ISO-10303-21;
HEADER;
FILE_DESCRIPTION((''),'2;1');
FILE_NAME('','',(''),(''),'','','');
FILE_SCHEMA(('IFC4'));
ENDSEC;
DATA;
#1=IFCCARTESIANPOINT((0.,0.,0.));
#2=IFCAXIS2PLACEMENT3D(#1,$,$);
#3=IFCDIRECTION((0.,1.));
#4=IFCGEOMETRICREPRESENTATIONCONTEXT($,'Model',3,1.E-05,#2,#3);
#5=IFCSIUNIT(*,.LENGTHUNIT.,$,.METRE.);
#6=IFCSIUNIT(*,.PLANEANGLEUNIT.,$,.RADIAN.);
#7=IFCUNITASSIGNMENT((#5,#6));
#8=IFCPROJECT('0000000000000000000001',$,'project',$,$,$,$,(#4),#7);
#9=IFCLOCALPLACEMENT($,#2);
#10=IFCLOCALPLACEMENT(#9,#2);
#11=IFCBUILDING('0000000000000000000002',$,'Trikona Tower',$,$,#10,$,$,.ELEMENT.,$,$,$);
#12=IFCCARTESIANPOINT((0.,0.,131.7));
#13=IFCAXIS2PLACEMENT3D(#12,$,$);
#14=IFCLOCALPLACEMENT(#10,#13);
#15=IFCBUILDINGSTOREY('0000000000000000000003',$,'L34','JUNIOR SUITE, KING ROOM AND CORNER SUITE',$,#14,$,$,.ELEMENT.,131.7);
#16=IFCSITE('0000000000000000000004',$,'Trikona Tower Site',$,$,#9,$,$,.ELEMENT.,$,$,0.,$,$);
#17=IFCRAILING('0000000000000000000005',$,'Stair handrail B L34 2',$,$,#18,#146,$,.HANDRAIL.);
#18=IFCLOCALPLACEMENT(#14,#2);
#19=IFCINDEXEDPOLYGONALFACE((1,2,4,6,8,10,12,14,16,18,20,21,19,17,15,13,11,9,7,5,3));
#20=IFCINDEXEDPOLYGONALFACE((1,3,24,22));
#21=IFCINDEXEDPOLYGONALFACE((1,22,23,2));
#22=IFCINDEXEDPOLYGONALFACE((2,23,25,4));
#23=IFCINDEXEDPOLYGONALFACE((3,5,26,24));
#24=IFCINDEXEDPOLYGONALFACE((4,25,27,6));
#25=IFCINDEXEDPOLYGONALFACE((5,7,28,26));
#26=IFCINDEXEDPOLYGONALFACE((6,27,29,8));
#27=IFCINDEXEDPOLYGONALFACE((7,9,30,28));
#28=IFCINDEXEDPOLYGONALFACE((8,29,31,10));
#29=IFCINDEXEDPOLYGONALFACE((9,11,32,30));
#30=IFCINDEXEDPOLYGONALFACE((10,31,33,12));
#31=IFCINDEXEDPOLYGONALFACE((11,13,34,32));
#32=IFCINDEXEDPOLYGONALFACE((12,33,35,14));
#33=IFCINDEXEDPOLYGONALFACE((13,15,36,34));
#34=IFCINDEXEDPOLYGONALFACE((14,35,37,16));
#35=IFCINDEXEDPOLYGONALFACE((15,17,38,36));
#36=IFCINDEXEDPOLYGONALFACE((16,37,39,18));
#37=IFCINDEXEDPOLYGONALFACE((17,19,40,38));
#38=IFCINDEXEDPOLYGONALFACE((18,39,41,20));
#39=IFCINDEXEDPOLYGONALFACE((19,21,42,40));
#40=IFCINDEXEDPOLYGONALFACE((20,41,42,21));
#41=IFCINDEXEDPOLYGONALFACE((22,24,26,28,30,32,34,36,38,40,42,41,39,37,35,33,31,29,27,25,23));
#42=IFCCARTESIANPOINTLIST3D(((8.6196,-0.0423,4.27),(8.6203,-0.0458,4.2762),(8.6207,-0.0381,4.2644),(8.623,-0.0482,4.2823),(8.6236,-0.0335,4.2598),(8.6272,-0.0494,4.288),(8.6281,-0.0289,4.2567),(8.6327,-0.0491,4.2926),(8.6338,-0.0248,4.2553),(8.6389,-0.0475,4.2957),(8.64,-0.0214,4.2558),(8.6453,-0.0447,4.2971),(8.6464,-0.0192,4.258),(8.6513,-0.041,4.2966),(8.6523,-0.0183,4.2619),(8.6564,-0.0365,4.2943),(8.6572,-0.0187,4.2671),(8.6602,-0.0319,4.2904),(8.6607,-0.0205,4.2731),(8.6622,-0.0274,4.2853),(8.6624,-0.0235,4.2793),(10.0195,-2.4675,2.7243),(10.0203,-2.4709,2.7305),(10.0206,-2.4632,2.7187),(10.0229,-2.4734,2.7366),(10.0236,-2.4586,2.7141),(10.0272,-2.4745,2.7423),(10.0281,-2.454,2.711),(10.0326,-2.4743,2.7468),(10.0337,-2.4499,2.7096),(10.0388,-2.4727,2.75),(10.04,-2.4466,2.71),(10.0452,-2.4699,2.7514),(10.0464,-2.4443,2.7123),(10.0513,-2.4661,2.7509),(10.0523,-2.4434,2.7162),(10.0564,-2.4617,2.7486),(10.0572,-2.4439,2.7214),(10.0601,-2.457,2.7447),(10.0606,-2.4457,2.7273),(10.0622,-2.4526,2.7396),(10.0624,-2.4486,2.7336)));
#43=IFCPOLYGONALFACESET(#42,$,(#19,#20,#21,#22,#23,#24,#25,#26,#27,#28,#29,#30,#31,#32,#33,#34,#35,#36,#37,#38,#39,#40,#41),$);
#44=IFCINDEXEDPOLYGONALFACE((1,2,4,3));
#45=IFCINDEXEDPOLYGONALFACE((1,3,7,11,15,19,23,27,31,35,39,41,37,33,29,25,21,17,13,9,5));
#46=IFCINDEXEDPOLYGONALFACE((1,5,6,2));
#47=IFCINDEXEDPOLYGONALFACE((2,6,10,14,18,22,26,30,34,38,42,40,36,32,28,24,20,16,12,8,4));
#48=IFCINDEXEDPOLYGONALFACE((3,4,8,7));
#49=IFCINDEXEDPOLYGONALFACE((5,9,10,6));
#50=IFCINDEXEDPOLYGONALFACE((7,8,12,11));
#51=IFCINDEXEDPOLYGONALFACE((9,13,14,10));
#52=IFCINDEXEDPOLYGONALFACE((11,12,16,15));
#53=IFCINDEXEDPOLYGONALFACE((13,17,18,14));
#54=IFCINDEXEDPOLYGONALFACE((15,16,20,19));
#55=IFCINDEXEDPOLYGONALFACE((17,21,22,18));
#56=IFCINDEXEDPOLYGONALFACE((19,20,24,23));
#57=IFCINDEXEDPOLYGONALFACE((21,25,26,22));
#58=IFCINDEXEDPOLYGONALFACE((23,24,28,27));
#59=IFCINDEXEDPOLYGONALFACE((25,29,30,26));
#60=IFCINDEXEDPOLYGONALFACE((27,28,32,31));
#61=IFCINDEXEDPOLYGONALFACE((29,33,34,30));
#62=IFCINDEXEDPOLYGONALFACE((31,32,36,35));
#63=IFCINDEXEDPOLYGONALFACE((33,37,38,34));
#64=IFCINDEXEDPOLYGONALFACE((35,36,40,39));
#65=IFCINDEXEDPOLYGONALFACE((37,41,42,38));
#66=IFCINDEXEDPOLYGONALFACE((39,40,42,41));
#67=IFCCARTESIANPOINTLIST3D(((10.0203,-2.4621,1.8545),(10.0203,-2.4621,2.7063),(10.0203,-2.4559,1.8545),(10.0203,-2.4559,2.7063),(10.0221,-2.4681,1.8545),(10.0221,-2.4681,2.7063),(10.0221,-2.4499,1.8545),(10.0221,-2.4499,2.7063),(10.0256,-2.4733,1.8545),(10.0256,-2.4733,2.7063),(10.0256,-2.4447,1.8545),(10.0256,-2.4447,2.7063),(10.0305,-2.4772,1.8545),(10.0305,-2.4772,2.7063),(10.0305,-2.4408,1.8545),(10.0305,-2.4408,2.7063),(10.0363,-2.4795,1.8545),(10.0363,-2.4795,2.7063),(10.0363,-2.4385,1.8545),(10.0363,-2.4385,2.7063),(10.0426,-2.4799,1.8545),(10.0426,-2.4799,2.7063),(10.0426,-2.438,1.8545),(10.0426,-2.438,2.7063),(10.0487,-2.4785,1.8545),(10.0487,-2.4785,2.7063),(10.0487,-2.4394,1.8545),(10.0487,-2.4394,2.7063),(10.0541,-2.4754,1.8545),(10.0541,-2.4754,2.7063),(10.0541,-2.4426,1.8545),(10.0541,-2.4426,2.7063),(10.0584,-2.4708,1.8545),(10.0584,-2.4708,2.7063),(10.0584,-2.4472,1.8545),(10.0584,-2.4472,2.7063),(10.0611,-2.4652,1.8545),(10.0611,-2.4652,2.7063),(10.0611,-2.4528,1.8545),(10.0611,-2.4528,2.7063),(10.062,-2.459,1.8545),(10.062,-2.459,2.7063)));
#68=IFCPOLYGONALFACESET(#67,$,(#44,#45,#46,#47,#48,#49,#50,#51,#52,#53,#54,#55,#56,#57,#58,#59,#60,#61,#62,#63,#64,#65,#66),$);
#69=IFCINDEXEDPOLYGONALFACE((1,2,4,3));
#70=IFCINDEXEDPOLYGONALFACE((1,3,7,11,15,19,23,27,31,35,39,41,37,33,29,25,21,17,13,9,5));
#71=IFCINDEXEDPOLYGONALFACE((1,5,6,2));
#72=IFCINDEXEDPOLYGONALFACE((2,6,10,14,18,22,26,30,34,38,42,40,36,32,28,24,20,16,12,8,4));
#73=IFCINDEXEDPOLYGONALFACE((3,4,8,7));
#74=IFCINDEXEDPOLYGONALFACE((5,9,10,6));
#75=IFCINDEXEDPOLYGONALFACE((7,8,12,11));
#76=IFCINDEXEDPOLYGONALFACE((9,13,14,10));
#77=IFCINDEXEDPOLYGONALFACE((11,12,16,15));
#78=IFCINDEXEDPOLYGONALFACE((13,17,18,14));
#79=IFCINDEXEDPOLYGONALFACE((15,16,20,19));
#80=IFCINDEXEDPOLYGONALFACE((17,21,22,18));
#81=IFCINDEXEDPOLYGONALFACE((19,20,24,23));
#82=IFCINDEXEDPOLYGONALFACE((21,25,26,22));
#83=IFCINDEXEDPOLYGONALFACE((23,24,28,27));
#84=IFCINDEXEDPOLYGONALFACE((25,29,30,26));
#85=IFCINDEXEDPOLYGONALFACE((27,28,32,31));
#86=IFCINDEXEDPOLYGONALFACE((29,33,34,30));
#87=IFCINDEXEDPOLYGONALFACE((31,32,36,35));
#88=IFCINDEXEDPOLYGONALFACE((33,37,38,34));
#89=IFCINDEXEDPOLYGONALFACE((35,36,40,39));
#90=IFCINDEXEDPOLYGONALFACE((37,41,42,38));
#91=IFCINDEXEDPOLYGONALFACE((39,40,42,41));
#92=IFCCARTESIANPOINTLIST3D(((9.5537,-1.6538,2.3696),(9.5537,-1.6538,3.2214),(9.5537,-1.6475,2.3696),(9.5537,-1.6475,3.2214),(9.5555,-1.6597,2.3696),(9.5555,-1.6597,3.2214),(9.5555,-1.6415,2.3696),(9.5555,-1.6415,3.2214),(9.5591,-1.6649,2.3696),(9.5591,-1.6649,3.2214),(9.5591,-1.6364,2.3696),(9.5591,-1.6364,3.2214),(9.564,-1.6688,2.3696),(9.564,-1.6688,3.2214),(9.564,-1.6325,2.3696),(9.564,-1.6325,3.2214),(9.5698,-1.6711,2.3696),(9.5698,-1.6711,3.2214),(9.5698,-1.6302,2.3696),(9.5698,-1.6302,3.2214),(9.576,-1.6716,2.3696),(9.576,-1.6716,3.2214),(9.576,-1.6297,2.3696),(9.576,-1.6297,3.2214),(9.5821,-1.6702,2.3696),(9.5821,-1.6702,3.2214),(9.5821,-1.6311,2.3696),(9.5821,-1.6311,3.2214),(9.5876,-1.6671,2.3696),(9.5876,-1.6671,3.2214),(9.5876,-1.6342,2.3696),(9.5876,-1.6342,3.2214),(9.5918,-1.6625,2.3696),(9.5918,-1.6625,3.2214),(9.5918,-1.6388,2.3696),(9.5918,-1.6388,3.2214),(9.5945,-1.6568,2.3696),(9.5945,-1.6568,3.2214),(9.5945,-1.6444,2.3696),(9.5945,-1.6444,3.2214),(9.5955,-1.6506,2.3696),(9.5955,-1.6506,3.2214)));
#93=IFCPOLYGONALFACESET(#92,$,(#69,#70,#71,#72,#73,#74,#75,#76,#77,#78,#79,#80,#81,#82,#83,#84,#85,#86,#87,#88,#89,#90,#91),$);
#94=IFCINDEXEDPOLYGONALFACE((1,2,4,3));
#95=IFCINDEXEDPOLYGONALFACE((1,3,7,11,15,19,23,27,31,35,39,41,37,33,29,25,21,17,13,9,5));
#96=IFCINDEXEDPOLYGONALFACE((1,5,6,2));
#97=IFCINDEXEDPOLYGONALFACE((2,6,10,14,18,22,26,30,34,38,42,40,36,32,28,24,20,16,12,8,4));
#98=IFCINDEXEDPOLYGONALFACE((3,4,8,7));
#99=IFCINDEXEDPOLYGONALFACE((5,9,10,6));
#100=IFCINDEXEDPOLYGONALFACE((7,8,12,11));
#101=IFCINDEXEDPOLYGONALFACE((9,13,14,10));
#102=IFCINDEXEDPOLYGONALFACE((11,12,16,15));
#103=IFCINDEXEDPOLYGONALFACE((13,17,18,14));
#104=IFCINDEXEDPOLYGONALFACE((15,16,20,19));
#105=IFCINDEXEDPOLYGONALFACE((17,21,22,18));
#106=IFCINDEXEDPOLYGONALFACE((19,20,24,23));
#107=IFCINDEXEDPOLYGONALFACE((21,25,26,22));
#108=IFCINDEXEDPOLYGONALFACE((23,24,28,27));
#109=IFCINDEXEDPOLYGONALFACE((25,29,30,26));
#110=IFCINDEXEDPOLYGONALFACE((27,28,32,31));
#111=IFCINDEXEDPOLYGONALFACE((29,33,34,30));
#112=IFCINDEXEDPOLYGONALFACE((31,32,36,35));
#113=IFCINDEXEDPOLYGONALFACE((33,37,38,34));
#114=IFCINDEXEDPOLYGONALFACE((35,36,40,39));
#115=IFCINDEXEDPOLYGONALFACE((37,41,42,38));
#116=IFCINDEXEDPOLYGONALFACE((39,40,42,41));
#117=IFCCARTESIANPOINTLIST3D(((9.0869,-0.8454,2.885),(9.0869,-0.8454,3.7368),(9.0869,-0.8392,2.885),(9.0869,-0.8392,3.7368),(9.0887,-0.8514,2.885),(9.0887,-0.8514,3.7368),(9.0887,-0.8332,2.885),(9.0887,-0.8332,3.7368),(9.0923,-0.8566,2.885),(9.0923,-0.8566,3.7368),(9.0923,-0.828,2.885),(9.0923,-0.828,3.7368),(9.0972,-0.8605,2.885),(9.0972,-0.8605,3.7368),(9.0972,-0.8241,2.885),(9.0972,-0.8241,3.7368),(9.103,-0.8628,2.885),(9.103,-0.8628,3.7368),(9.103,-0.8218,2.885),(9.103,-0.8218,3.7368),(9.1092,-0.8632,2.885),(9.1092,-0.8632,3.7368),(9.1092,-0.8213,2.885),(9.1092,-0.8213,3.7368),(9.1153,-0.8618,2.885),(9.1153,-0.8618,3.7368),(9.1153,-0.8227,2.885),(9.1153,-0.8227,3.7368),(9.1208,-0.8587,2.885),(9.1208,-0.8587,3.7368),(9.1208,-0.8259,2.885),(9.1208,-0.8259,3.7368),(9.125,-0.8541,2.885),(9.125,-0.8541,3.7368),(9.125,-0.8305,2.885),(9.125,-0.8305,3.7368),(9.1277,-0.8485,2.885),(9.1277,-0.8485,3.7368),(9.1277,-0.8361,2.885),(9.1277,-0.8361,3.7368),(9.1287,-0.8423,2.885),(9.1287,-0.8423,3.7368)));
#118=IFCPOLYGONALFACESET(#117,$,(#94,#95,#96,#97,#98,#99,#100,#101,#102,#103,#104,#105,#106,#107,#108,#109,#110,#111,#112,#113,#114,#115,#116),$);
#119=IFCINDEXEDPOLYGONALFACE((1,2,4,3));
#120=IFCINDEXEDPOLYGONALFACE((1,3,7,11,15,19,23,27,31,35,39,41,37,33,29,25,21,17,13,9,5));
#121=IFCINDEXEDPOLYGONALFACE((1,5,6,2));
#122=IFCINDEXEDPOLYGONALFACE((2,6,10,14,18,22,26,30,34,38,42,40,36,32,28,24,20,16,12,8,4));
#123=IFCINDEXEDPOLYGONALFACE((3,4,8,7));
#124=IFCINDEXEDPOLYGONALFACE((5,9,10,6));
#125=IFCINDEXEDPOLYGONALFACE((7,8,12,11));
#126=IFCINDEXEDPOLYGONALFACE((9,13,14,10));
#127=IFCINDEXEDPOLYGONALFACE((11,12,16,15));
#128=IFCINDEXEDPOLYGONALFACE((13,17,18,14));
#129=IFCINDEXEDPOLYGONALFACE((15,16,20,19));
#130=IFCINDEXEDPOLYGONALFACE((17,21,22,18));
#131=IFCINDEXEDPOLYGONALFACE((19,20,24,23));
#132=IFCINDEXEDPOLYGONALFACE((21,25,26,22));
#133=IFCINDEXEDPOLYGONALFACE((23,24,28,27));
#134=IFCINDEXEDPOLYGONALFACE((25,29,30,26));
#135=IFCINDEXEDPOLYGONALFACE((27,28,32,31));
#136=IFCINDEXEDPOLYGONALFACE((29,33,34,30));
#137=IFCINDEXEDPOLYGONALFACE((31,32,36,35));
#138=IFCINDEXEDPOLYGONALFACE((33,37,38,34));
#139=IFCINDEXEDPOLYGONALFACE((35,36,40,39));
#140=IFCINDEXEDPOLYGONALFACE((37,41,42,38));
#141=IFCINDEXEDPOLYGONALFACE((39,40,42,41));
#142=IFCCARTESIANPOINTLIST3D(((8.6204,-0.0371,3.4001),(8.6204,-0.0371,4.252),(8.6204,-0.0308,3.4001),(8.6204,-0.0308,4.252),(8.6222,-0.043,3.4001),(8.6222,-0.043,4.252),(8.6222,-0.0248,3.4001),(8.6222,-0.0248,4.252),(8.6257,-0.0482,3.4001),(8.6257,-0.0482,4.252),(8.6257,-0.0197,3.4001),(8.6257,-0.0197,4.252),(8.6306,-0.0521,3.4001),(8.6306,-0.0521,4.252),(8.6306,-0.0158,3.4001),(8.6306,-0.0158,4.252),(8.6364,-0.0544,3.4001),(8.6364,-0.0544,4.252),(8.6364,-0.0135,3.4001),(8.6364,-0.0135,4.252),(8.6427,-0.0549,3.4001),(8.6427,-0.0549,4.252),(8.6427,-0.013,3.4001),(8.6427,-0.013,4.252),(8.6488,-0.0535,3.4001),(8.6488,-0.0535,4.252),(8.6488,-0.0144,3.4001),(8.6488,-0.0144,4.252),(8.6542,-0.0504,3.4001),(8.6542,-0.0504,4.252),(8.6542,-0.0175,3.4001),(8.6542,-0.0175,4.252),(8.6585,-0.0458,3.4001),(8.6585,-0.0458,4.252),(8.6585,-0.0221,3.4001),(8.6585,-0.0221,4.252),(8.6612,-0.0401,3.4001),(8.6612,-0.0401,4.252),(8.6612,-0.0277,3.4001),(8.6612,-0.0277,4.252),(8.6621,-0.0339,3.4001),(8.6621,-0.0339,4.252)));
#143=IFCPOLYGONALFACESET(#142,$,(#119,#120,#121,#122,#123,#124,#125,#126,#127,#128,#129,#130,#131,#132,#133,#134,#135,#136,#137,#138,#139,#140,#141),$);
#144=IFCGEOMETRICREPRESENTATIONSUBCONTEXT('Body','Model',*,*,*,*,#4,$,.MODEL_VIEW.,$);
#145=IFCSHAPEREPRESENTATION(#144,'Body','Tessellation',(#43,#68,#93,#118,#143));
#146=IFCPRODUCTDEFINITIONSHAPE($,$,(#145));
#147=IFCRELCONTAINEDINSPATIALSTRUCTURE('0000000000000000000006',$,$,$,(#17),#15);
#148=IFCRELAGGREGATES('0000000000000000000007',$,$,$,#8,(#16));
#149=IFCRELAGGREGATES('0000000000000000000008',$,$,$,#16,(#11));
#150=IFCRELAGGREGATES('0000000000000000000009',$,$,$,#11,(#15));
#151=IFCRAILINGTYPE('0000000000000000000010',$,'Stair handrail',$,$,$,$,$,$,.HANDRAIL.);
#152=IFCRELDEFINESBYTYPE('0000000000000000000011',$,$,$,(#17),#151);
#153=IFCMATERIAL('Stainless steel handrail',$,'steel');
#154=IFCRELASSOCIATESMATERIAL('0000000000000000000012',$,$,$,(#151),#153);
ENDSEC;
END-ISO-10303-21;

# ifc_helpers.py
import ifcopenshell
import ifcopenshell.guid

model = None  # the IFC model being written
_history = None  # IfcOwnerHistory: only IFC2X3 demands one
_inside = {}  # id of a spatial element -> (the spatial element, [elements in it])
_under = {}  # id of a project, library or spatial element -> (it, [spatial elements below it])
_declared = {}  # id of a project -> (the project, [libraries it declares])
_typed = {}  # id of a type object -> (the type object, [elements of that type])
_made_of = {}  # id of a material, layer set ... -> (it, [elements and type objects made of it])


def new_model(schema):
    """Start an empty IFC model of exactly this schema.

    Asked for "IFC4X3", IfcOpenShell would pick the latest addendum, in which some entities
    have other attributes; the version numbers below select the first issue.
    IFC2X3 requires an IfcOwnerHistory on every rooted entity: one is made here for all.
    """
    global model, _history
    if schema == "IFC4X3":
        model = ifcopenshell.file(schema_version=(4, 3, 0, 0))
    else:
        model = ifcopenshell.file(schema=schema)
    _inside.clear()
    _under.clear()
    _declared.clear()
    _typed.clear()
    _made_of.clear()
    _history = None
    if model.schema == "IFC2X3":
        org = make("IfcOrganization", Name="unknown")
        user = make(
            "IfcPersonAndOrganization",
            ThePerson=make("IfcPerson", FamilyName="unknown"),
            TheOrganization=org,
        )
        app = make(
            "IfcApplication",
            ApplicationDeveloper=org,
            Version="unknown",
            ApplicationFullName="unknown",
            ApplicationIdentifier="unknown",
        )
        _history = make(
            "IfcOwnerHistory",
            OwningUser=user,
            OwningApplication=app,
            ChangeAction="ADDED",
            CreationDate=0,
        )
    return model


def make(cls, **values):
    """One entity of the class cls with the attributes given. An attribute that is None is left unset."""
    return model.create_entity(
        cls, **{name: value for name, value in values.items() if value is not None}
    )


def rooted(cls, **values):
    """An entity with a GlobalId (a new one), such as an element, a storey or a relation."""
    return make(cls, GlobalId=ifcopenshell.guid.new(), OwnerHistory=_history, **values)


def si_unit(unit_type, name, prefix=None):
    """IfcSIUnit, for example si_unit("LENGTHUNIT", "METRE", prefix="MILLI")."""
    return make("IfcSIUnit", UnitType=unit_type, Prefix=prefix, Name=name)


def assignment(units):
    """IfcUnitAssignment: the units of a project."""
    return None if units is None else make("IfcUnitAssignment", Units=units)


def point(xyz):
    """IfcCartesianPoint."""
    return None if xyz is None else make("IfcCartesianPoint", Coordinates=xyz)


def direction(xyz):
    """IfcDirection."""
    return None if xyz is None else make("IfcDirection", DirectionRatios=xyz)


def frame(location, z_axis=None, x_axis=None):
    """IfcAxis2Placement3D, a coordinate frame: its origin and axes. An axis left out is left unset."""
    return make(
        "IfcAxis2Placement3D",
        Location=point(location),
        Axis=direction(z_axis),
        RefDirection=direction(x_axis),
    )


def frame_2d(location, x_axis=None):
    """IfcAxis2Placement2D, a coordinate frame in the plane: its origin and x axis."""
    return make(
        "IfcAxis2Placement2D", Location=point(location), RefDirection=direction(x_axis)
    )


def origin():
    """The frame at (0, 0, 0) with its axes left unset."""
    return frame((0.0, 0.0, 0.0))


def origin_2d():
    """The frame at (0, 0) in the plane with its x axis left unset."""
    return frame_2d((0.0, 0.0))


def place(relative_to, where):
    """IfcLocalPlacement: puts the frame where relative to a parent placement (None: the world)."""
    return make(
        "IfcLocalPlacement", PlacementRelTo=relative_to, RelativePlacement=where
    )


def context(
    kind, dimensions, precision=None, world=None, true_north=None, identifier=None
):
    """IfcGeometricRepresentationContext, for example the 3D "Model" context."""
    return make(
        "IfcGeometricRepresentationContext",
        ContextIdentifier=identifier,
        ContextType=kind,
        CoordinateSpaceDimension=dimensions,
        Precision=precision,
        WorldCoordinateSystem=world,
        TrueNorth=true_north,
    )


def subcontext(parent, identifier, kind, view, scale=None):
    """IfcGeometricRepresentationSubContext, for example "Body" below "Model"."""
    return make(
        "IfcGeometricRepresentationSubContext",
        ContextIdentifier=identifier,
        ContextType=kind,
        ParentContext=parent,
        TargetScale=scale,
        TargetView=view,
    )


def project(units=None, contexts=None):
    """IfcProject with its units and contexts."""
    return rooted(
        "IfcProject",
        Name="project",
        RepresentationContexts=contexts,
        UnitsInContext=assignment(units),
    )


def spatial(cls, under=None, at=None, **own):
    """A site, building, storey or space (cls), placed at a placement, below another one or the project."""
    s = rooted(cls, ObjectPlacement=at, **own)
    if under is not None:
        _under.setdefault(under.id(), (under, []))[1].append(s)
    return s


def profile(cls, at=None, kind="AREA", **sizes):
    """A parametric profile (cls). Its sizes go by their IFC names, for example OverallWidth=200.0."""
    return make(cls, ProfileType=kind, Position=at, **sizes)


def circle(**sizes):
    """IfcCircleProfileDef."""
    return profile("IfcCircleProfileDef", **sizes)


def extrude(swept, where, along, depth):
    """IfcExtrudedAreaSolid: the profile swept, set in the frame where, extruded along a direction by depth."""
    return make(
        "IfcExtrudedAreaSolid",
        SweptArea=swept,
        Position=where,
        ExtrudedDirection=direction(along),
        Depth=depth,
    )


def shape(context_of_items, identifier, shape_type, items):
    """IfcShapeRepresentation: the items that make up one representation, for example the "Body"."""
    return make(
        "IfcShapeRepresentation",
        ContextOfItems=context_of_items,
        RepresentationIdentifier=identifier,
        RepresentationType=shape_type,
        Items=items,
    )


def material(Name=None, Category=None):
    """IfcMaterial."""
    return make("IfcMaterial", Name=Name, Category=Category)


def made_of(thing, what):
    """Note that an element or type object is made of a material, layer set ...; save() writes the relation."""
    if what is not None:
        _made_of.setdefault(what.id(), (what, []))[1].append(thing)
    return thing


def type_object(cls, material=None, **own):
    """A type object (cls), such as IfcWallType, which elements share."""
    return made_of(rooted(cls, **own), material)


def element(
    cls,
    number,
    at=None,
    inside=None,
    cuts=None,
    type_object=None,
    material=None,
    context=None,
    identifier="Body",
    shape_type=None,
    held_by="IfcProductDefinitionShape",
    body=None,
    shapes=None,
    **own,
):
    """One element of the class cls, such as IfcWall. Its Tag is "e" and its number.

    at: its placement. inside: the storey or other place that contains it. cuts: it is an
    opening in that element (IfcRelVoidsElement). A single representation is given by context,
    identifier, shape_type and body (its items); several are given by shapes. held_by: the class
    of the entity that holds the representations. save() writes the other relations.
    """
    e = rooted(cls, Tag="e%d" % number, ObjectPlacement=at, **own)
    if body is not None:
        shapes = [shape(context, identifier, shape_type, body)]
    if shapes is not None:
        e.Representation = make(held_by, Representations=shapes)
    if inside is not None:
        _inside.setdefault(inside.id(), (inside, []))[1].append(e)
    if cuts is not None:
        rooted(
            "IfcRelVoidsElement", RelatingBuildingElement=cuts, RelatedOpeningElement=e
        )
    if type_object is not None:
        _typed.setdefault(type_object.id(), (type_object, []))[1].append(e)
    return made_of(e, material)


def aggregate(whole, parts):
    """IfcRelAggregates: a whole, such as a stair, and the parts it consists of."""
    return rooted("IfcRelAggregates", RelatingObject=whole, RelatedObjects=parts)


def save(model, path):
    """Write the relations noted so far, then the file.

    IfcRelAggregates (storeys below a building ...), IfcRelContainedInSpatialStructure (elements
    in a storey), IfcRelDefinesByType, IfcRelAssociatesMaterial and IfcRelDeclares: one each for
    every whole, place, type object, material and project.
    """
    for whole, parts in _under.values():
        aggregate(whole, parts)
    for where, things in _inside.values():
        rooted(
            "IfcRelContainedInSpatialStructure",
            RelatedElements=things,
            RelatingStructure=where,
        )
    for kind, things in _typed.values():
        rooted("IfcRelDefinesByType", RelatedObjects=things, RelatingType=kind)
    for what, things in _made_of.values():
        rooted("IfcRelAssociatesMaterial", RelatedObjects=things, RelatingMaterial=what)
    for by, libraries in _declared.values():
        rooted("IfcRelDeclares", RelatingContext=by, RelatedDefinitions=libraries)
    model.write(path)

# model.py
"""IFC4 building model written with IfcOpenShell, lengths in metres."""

from ifc_helpers import new_model, si_unit, direction, frame, origin, origin_2d, place, context, subcontext, project, spatial, circle, extrude, material, type_object, element, save


model = new_model("IFC4")

# Units and contexts
model_context = context("Model", 3, precision=1e-05, world=origin(), true_north=direction((0.0, 1.0)))
body_context = subcontext(model_context, "Body", "Model", "MODEL_VIEW")
ifc_project = project(units=[si_unit("LENGTHUNIT", "METRE"), si_unit("PLANEANGLEUNIT", "RADIAN")], contexts=[model_context])

# Site, building, storey
site_placement = place(None, origin())
site = spatial("IfcSite", under=ifc_project, at=site_placement, Name="Trikona Tower Site", CompositionType="ELEMENT", RefElevation=0.0)
building_placement = place(site_placement, origin())
building = spatial("IfcBuilding", under=site, at=building_placement, Name="Trikona Tower", CompositionType="ELEMENT")
storey_placement = place(building_placement, frame((0.0, 0.0, 131.7)))
storey = spatial("IfcBuildingStorey", under=building, at=storey_placement, Name="L34", Description="JUNIOR SUITE, KING ROOM AND CORNER SUITE", CompositionType="ELEMENT", Elevation=131.7)

# Railing
ifc_material_1 = material(Name="Stainless steel handrail", Category="steel")
railing_type = type_object("IfcRailingType", Name="Stair handrail", PredefinedType="HANDRAIL", material=ifc_material_1)
railing_placement = place(storey_placement, frame((10.041, -2.459, 1.8545)))
element("IfcRailing", 1, at=railing_placement, inside=storey, type_object=railing_type, Name="Stair handrail B L34 2", PredefinedType="HANDRAIL", context=body_context, shape_type="SweptSolid", body=[
    extrude(circle(Radius=0.0239, at=origin_2d()), frame((0.0, 0.0, 0.876), z_axis=(-0.437691, 0.758212, 0.483262), x_axis=(-0.866056, -0.499946, 0.0)), (0.0, 0.0, 1.0), 3.1985),
    extrude(circle(Radius=0.021, at=origin_2d()), origin(), (0.0, 0.0, 1.0), 0.8518),
    extrude(circle(Radius=0.021, at=origin_2d()), frame((-0.4666, 0.8083, 0.5151)), (0.0, 0.0, 1.0), 0.8518),
    extrude(circle(Radius=0.021, at=origin_2d()), frame((-0.9333, 1.6167, 1.0305)), (0.0, 0.0, 1.0), 0.8518),
    extrude(circle(Radius=0.021, at=origin_2d()), frame((-1.3999, 2.425, 1.5457)), (0.0, 0.0, 1.0), 0.8518),
])

save(model, "model.ifc")
